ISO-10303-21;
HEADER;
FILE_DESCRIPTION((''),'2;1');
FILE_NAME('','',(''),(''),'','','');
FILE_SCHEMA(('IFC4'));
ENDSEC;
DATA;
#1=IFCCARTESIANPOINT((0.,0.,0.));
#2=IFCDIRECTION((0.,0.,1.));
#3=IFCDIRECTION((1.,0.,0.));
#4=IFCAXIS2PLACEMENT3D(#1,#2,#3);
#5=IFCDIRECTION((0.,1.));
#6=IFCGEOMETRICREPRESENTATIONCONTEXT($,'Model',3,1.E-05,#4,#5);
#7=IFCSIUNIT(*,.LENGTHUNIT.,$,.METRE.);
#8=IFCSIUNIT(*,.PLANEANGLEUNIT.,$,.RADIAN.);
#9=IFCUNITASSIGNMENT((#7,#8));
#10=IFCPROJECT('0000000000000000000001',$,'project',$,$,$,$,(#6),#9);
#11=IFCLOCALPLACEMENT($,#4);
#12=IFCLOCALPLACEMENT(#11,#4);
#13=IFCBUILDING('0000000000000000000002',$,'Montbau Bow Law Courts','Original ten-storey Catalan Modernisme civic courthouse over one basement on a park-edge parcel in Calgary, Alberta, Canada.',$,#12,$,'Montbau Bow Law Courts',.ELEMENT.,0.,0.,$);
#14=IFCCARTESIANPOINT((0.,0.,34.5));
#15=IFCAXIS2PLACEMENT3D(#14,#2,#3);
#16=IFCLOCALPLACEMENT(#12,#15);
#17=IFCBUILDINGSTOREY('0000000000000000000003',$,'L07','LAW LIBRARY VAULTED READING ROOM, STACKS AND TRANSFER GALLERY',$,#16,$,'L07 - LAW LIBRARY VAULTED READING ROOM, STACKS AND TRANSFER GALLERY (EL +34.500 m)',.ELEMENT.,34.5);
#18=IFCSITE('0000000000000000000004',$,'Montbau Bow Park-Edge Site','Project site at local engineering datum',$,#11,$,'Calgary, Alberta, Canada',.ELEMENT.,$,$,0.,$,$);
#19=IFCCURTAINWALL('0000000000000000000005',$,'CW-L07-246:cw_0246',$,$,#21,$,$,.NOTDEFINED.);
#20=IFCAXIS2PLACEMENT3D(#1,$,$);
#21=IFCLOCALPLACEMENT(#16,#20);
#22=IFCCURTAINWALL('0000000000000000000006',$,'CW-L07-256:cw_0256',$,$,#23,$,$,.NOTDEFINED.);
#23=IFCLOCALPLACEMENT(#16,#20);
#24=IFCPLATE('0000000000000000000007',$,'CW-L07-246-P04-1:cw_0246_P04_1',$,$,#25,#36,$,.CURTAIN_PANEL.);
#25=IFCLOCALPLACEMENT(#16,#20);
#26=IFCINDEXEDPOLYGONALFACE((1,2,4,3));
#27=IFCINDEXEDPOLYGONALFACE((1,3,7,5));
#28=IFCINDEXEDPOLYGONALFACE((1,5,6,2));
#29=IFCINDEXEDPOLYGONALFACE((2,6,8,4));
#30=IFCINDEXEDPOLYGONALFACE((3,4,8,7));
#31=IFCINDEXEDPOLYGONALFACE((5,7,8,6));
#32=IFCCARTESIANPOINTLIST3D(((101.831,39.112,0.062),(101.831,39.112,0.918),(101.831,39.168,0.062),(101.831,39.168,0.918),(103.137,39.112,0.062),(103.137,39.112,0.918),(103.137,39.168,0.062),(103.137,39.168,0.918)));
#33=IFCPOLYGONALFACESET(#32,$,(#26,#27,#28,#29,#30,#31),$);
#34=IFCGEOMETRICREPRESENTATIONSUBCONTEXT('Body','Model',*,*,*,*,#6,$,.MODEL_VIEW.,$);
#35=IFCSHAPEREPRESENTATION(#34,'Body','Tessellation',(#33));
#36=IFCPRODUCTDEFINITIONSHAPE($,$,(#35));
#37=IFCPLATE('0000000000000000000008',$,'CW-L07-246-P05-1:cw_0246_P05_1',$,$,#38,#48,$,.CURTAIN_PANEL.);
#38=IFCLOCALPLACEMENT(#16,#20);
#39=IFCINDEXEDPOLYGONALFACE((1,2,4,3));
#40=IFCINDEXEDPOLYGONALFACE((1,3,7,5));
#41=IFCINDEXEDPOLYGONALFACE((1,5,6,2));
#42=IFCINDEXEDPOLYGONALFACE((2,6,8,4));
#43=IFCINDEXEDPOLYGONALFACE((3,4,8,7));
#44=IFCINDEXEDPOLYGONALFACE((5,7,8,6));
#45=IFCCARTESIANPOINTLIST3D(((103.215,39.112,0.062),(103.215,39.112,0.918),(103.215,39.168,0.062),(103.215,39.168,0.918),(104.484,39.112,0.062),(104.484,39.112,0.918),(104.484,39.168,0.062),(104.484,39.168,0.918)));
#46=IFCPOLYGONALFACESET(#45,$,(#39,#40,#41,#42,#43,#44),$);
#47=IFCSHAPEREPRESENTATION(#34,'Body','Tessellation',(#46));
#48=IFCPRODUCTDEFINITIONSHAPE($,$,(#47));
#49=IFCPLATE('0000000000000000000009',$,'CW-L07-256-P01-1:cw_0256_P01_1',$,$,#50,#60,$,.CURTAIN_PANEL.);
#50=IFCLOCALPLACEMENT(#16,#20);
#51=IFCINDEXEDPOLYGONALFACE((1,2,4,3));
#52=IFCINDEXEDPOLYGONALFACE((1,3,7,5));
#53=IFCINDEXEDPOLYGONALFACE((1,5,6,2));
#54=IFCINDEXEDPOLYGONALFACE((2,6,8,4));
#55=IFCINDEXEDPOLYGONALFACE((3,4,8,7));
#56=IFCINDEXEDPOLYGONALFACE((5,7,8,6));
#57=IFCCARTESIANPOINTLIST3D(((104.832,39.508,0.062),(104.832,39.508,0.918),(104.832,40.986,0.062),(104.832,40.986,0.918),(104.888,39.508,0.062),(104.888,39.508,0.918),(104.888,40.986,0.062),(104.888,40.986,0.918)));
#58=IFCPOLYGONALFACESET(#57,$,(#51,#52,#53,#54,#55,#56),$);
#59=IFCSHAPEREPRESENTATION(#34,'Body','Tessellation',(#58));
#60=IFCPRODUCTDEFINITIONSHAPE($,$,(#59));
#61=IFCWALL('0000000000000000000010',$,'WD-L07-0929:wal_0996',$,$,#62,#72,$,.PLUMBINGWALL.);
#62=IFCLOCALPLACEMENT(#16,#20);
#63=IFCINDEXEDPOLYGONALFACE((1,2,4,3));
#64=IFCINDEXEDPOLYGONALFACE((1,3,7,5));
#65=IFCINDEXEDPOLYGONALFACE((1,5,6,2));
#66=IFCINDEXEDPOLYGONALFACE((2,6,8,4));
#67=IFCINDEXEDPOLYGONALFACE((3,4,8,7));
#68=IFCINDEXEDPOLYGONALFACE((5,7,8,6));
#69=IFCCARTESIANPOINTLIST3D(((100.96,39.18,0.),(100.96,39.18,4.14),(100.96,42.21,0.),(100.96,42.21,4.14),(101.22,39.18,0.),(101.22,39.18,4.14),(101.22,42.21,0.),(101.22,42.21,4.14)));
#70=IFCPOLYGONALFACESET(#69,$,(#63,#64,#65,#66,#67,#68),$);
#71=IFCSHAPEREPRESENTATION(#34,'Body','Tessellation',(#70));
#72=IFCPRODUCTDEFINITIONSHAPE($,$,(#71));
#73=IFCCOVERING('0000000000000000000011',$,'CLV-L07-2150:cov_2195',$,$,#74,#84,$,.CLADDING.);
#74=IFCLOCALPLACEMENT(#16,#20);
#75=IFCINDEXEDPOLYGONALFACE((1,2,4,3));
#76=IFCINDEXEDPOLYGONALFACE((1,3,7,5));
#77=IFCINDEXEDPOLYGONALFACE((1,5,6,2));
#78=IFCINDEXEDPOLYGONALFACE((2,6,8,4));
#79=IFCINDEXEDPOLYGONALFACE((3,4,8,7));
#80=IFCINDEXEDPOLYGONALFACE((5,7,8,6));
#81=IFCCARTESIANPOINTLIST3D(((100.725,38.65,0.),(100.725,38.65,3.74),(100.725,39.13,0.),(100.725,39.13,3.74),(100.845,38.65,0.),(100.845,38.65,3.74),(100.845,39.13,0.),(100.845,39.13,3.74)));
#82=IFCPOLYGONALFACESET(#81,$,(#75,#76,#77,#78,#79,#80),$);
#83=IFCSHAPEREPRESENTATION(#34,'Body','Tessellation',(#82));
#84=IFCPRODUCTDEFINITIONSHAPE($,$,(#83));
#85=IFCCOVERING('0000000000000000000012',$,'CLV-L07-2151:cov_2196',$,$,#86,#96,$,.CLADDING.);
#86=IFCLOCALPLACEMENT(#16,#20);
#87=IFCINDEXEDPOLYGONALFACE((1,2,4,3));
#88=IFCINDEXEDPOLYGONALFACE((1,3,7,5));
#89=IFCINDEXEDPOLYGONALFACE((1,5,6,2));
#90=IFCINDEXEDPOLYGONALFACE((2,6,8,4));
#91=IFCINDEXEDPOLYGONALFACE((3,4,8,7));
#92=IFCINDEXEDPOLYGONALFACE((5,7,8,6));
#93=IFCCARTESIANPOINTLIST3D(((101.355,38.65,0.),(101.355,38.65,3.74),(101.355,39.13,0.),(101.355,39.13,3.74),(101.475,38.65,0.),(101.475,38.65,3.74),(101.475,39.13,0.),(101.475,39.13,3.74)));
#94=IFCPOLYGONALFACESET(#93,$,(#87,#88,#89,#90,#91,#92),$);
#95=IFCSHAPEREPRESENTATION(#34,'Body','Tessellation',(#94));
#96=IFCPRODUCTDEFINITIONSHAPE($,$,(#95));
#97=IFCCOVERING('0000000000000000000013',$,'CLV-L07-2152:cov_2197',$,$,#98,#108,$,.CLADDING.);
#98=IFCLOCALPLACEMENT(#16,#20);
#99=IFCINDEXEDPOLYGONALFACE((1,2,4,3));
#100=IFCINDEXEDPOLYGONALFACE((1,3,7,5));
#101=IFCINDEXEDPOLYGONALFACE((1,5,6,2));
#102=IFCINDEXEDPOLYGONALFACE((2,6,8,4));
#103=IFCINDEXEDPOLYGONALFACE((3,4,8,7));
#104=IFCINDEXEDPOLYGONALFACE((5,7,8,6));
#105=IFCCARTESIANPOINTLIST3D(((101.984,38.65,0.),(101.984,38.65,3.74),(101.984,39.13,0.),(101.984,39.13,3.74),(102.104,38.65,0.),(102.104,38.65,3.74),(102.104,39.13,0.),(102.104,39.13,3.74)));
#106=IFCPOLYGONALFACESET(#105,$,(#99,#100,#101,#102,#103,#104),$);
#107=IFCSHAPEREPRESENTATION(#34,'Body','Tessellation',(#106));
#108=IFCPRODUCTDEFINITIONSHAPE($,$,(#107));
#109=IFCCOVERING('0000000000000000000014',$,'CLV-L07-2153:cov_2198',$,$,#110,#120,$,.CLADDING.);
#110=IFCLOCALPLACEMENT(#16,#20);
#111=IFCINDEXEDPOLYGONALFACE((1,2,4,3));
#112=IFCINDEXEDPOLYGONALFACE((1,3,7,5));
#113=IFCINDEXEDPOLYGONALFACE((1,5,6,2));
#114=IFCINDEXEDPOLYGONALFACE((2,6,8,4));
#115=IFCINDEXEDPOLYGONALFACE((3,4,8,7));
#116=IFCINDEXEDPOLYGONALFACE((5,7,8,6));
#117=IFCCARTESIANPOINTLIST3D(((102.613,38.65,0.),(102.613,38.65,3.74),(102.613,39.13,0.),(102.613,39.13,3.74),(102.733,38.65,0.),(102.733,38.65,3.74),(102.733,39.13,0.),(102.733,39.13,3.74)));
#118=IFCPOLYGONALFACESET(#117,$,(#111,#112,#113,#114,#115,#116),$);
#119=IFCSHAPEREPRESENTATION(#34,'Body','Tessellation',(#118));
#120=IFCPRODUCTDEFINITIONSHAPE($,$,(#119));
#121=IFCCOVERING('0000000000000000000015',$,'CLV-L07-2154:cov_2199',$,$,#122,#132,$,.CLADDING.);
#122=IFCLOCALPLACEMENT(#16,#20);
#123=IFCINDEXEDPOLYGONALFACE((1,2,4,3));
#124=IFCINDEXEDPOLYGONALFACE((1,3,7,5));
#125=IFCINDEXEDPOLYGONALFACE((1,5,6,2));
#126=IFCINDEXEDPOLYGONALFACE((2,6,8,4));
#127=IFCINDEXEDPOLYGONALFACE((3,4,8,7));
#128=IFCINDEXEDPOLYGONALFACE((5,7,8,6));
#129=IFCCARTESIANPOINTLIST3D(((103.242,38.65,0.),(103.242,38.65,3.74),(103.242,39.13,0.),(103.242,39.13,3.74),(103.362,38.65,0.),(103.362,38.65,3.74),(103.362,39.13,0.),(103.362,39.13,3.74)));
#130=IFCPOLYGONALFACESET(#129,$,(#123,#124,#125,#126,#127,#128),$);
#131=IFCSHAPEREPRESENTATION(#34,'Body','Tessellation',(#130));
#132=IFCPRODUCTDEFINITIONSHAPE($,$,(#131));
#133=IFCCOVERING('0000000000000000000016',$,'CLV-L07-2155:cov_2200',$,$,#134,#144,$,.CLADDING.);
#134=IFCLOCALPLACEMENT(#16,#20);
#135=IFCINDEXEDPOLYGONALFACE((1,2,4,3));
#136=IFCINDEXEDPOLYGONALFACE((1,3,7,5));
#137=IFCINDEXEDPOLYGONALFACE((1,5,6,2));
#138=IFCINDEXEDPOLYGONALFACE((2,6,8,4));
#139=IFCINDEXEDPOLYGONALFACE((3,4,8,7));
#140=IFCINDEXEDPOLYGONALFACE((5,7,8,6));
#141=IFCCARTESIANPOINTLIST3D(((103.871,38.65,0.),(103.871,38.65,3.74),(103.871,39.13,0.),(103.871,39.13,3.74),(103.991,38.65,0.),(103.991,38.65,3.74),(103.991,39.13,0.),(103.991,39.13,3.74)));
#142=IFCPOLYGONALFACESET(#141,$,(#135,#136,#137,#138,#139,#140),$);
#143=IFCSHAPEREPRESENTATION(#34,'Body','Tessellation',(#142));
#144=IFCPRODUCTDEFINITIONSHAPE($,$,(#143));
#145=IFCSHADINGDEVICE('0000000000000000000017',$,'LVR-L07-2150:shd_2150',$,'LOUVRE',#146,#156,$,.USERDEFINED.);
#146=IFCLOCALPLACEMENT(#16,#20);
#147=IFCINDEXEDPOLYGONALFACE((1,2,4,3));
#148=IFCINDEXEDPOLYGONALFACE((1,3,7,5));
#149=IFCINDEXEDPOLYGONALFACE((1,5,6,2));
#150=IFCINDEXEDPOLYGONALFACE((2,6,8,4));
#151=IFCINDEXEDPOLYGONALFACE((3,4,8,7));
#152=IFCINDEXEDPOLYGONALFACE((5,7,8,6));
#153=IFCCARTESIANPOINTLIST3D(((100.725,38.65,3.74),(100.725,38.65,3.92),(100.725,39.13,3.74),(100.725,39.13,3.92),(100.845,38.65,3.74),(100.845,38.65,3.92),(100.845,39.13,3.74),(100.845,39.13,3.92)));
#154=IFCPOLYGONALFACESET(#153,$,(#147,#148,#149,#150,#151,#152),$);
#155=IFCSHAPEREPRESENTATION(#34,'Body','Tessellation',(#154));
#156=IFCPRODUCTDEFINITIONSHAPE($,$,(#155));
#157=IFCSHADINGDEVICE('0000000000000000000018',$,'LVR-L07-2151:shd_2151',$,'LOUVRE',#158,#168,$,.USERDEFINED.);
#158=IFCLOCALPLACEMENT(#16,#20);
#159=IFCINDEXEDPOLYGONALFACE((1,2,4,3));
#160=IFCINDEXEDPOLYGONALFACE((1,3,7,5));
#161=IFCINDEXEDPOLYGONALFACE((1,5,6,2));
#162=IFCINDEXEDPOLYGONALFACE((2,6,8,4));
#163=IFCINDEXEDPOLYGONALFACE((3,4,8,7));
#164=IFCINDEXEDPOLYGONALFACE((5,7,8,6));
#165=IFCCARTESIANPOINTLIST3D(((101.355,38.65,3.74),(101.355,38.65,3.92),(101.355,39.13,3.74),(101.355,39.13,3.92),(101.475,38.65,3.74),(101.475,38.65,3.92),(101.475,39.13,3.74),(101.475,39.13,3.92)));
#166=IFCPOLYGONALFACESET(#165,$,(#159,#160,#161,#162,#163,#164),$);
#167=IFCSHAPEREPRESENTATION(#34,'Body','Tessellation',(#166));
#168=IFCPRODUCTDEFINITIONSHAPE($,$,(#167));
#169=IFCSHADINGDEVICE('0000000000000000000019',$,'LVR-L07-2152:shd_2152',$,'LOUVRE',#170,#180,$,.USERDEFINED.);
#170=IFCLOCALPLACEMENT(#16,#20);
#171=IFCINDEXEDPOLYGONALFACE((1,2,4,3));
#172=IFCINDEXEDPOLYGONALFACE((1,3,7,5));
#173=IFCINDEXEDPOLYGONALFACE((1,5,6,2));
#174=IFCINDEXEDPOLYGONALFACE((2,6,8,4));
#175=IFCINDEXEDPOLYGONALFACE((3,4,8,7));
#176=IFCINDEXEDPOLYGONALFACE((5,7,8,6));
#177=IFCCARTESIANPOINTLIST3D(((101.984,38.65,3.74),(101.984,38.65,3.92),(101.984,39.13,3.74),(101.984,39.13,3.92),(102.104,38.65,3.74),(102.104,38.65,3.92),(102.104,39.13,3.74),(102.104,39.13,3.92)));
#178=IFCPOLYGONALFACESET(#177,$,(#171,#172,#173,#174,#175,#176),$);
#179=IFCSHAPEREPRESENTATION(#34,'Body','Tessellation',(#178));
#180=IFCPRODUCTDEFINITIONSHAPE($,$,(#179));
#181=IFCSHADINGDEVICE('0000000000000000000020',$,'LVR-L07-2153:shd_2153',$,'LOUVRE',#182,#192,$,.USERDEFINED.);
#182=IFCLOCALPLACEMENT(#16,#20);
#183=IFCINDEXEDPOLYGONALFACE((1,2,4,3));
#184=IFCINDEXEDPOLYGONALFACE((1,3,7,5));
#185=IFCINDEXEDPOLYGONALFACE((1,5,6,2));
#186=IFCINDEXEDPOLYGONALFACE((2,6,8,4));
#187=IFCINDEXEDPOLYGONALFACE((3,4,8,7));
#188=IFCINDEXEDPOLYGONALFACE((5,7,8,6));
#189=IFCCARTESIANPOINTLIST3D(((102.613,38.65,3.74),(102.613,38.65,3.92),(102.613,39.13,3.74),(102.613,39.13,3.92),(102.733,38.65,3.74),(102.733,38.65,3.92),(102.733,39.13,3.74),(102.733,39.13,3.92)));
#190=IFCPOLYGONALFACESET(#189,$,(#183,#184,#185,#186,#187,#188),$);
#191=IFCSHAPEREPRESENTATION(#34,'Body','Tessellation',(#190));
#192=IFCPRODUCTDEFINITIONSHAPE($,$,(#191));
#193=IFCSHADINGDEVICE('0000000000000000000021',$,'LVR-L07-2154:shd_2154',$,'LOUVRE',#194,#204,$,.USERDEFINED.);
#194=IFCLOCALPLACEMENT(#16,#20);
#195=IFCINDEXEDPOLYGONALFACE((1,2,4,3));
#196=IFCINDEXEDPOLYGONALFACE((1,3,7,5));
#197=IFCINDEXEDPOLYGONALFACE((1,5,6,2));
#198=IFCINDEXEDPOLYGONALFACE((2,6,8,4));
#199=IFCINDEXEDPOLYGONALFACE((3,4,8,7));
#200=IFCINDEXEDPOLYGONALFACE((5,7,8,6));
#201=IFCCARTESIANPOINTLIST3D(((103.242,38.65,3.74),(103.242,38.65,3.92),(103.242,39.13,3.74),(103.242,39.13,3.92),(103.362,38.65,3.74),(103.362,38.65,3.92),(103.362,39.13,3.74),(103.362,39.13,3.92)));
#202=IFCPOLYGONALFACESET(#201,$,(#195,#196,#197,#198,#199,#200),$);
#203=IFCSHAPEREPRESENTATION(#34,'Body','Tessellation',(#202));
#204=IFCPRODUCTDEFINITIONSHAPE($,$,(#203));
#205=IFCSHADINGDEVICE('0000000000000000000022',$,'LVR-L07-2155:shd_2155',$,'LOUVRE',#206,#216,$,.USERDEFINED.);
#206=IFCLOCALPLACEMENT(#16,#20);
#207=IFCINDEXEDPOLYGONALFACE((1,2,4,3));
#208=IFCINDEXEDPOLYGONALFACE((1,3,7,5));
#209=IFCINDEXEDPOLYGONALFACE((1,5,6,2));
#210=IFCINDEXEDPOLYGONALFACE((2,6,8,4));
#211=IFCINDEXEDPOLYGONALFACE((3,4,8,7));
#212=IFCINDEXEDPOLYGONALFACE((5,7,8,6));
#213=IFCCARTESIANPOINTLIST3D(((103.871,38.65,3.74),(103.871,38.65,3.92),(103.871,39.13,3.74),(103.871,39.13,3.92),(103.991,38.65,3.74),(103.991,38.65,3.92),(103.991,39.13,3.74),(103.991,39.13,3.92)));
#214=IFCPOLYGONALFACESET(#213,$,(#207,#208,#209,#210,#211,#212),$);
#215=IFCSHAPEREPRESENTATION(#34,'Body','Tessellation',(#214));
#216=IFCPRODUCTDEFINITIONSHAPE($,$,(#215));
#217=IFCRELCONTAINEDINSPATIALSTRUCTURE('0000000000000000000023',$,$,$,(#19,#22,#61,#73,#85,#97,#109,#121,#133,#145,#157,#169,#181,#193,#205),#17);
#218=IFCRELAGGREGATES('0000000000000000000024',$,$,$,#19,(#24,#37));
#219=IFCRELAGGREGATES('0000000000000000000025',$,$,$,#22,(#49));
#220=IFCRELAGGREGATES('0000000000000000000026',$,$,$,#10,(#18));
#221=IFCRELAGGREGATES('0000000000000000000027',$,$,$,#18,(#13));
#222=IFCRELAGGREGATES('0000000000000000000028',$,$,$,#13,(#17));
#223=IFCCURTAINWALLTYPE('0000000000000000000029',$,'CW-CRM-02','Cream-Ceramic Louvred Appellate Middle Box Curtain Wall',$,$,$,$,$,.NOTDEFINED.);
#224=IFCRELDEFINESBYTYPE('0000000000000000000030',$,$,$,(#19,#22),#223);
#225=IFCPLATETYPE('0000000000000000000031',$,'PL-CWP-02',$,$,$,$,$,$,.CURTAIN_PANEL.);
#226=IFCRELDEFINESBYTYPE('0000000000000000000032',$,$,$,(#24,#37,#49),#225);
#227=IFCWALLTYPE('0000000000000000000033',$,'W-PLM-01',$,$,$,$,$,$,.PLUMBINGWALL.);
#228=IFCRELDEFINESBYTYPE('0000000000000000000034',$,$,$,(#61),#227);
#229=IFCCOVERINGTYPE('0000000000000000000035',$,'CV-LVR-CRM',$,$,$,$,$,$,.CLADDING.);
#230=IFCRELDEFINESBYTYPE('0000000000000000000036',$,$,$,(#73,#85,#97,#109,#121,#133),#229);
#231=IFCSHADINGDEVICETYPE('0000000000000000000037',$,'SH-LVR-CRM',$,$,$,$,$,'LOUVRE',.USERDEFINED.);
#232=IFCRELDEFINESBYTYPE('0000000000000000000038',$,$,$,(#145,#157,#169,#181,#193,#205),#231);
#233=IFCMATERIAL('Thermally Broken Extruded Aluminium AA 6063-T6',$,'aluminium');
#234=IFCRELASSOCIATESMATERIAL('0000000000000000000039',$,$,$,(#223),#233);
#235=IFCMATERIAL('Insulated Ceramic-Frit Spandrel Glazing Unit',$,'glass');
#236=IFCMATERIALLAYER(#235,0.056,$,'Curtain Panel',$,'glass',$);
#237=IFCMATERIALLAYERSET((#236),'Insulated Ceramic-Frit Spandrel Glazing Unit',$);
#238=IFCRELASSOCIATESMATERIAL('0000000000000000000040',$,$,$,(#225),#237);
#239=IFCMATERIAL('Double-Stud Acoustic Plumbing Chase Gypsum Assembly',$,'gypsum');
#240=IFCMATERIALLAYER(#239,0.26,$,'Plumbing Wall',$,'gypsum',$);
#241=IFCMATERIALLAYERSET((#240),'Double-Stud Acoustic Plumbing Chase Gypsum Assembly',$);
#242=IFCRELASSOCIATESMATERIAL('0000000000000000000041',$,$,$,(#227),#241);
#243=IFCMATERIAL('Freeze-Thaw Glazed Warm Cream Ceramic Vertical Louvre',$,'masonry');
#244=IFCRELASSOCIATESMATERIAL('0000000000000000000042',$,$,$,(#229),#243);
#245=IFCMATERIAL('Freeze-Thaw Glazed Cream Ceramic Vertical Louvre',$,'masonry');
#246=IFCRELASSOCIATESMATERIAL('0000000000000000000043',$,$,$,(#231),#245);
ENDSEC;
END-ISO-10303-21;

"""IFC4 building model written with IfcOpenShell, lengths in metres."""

from ifc_helpers import new_model, si_unit, direction, frame, frame_2d, origin_with_axes, origin_2d_with_axis, place, context, subcontext, project, spatial, rectangle, extrude, material, layer, layer_set, type_object, element, aggregate, save


model = new_model("IFC4")

# Units and contexts
model_context = context("Model", 3, precision=1e-05, world=origin_with_axes(), true_north=direction((0.0, 1.0)))
body_context = subcontext(model_context, "Body", "Model", "MODEL_VIEW")
ifc_project = project(units=[si_unit("LENGTHUNIT", "METRE"), si_unit("PLANEANGLEUNIT", "RADIAN")], contexts=[model_context])

# Site, building, storey
site_placement = place(None, origin_with_axes())
site = spatial("IfcSite", under=ifc_project, at=site_placement, Name="Montbau Bow Park-Edge Site", Description="Project site at local engineering datum", LongName="Calgary, Alberta, Canada", CompositionType="ELEMENT", RefElevation=0.0)
building_placement = place(site_placement, origin_with_axes())
building = spatial("IfcBuilding", under=site, at=building_placement, Name="Montbau Bow Law Courts", Description="Original ten-storey Catalan Modernisme civic courthouse over one basement on a park-edge parcel in Calgary, Alberta, Canada.", LongName="Montbau Bow Law Courts", CompositionType="ELEMENT", ElevationOfRefHeight=0.0, ElevationOfTerrain=0.0)
storey_placement = place(building_placement, frame((0.0, 0.0, 34.5), z_axis=(0.0, 0.0, 1.0), x_axis=(1.0, 0.0, 0.0)))
storey = spatial("IfcBuildingStorey", under=building, at=storey_placement, Name="L07", Description="LAW LIBRARY VAULTED READING ROOM, STACKS AND TRANSFER GALLERY", LongName="L07 - LAW LIBRARY VAULTED READING ROOM, STACKS AND TRANSFER GALLERY (EL +34.500 m)", CompositionType="ELEMENT", Elevation=34.5)

# Curtain wall
ifc_material_1 = material(Name="Thermally Broken Extruded Aluminium AA 6063-T6", Category="aluminium")
curtain_wall_type = type_object("IfcCurtainWallType", Name="CW-CRM-02", Description="Cream-Ceramic Louvred Appellate Middle Box Curtain Wall", PredefinedType="NOTDEFINED", material=ifc_material_1)
curtain_wall_1_placement = place(None, frame((97.64, 39.14, 34.5), z_axis=(0.0, 0.0, 1.0), x_axis=(1.0, 0.0, 0.0)))
curtain_wall_1 = element("IfcCurtainWall", 1, at=curtain_wall_1_placement, inside=storey, type_object=curtain_wall_type, Name="CW-L07-246:cw_0246", PredefinedType="NOTDEFINED")

# Curtain wall
curtain_wall_2_placement = place(None, frame((104.86, 39.44, 34.5), z_axis=(0.0, 0.0, 1.0), x_axis=(1.0, 0.0, 0.0)))
curtain_wall_2 = element("IfcCurtainWall", 2, at=curtain_wall_2_placement, inside=storey, type_object=curtain_wall_type, Name="CW-L07-256:cw_0256", PredefinedType="NOTDEFINED")

# Plates
ifc_material_2 = material(Name="Insulated Ceramic-Frit Spandrel Glazing Unit", Category="glass")
ifc_layer_1 = layer(ifc_material_2, 0.056, Name="Curtain Panel", Category="glass")
ifc_layer_set_1 = layer_set([ifc_layer_1], Name="Insulated Ceramic-Frit Spandrel Glazing Unit")
plate_type_1 = type_object("IfcPlateType", Name="PL-CWP-02", PredefinedType="CURTAIN_PANEL", material=ifc_layer_set_1)
plate_1_placement = place(None, frame((101.831, 39.14, 34.562), z_axis=(0.0, -1.0, 0.0), x_axis=(1.0, 0.0, 0.0)))
plate_1 = element("IfcPlate", 3, at=plate_1_placement, type_object=plate_type_1, Name="CW-L07-246-P04-1:cw_0246_P04_1", PredefinedType="CURTAIN_PANEL", context=body_context, shape_type="SweptSolid", body=[
    extrude(rectangle(XDim=1.306, YDim=0.856, at=frame_2d((0.653, 0.428), x_axis=(1.0, 0.0))), frame((0.0, 0.0, -0.028), z_axis=(0.0, 0.0, 1.0), x_axis=(1.0, 0.0, 0.0)), (0.0, 0.0, 1.0), 0.056),
])
plate_2_placement = place(None, frame((103.215, 39.14, 34.562), z_axis=(0.0, -1.0, 0.0), x_axis=(1.0, 0.0, 0.0)))
plate_2 = element("IfcPlate", 4, at=plate_2_placement, type_object=plate_type_1, Name="CW-L07-246-P05-1:cw_0246_P05_1", PredefinedType="CURTAIN_PANEL", context=body_context, shape_type="SweptSolid", body=[
    extrude(rectangle(XDim=1.269, YDim=0.856, at=frame_2d((0.6345, 0.428), x_axis=(1.0, 0.0))), frame((0.0, 0.0, -0.028), z_axis=(0.0, 0.0, 1.0), x_axis=(1.0, 0.0, 0.0)), (0.0, 0.0, 1.0), 0.056),
])
aggregate(curtain_wall_1, [plate_1, plate_2])
plate_3_placement = place(None, frame((104.86, 39.508, 34.562), z_axis=(1.0, 0.0, 0.0), x_axis=(0.0, 1.0, 0.0)))
plate_3 = element("IfcPlate", 5, at=plate_3_placement, type_object=plate_type_1, Name="CW-L07-256-P01-1:cw_0256_P01_1", PredefinedType="CURTAIN_PANEL", context=body_context, shape_type="SweptSolid", body=[
    extrude(rectangle(XDim=1.478, YDim=0.856, at=frame_2d((0.739, 0.428), x_axis=(1.0, 0.0))), frame((0.0, 0.0, -0.028), z_axis=(0.0, 0.0, 1.0), x_axis=(1.0, 0.0, 0.0)), (0.0, 0.0, 1.0), 0.056),
])
aggregate(curtain_wall_2, [plate_3])

# Wall
ifc_material_3 = material(Name="Double-Stud Acoustic Plumbing Chase Gypsum Assembly", Category="gypsum")
ifc_layer_2 = layer(ifc_material_3, 0.26, Name="Plumbing Wall", Category="gypsum")
ifc_layer_set_2 = layer_set([ifc_layer_2], Name="Double-Stud Acoustic Plumbing Chase Gypsum Assembly")
wall_type = type_object("IfcWallType", Name="W-PLM-01", PredefinedType="PLUMBINGWALL", material=ifc_layer_set_2)
wall_placement = place(None, frame((101.09, 39.18, 34.5), z_axis=(0.0, 0.0, 1.0), x_axis=(0.0, 1.0, 0.0)))
element("IfcWall", 6, at=wall_placement, inside=storey, type_object=wall_type, Name="WD-L07-0929:wal_0996", PredefinedType="PLUMBINGWALL", context=body_context, shape_type="SweptSolid", body=[
    extrude(rectangle(XDim=3.03, YDim=0.26, at=frame_2d((1.515, 0.0), x_axis=(1.0, 0.0))), origin_with_axes(), (0.0, 0.0, 1.0), 4.14),
])

# Coverings
ifc_material_4 = material(Name="Freeze-Thaw Glazed Warm Cream Ceramic Vertical Louvre", Category="masonry")
covering_type = type_object("IfcCoveringType", Name="CV-LVR-CRM", PredefinedType="CLADDING", material=ifc_material_4)
for number, where, z_axis, x_axis, name in (
    (7, (100.785, 39.13, 34.5), (-1.0, 0.0, 0.0), (0.0, -1.0, 0.0), "CLV-L07-2150:cov_2195"),
    (8, (101.415, 39.13, 34.5), (-1.0, 0.0, 0.0), (0.0, -1.0, 0.0), "CLV-L07-2151:cov_2196"),
    (9, (102.044, 39.13, 34.5), (-1.0, 0.0, 0.0), (0.0, -1.0, 0.0), "CLV-L07-2152:cov_2197"),
    (10, (102.673, 39.13, 34.5), (-1.0, 0.0, 0.0), (0.0, -1.0, 0.0), "CLV-L07-2153:cov_2198"),
    (11, (103.302, 39.13, 34.5), (-1.0, 0.0, 0.0), (0.0, -1.0, 0.0), "CLV-L07-2154:cov_2199"),
    (12, (103.931, 39.13, 34.5), (-1.0, 0.0, 0.0), (0.0, -1.0, 0.0), "CLV-L07-2155:cov_2200"),
):
    element("IfcCovering", number, at=place(None, frame(where, z_axis=z_axis, x_axis=x_axis)), inside=storey, type_object=covering_type, Name=name, PredefinedType="CLADDING", context=body_context, shape_type="SweptSolid", body=[
        extrude(rectangle(XDim=0.48, YDim=3.74, at=frame_2d((0.24, 1.87), x_axis=(1.0, 0.0))), frame((0.0, 0.0, -0.06), z_axis=(0.0, 0.0, 1.0), x_axis=(1.0, 0.0, 0.0)), (0.0, 0.0, 1.0), 0.12),
    ])

# Shading devices
ifc_material_5 = material(Name="Freeze-Thaw Glazed Cream Ceramic Vertical Louvre", Category="masonry")
shading_device_type = type_object("IfcShadingDeviceType", Name="SH-LVR-CRM", ElementType="LOUVRE", PredefinedType="USERDEFINED", material=ifc_material_5)
for number, where, z_axis, x_axis, name in (
    (13, (100.785, 38.89, 38.24), (0.0, 0.0, 1.0), (0.0, -1.0, 0.0), "LVR-L07-2150:shd_2150"),
    (14, (101.415, 38.89, 38.24), (0.0, 0.0, 1.0), (0.0, -1.0, 0.0), "LVR-L07-2151:shd_2151"),
    (15, (102.044, 38.89, 38.24), (0.0, 0.0, 1.0), (0.0, -1.0, 0.0), "LVR-L07-2152:shd_2152"),
    (16, (102.673, 38.89, 38.24), (0.0, 0.0, 1.0), (0.0, -1.0, 0.0), "LVR-L07-2153:shd_2153"),
    (17, (103.302, 38.89, 38.24), (0.0, 0.0, 1.0), (0.0, -1.0, 0.0), "LVR-L07-2154:shd_2154"),
    (18, (103.931, 38.89, 38.24), (0.0, 0.0, 1.0), (0.0, -1.0, 0.0), "LVR-L07-2155:shd_2155"),
):
    element("IfcShadingDevice", number, at=place(None, frame(where, z_axis=z_axis, x_axis=x_axis)), inside=storey, type_object=shading_device_type, Name=name, ObjectType="LOUVRE", PredefinedType="USERDEFINED", context=body_context, shape_type="SweptSolid", body=[
        extrude(rectangle(XDim=0.48, YDim=0.12, at=origin_2d_with_axis()), origin_with_axes(), (0.0, 0.0, 1.0), 0.18),
    ])

save(model, "model.ifc")
